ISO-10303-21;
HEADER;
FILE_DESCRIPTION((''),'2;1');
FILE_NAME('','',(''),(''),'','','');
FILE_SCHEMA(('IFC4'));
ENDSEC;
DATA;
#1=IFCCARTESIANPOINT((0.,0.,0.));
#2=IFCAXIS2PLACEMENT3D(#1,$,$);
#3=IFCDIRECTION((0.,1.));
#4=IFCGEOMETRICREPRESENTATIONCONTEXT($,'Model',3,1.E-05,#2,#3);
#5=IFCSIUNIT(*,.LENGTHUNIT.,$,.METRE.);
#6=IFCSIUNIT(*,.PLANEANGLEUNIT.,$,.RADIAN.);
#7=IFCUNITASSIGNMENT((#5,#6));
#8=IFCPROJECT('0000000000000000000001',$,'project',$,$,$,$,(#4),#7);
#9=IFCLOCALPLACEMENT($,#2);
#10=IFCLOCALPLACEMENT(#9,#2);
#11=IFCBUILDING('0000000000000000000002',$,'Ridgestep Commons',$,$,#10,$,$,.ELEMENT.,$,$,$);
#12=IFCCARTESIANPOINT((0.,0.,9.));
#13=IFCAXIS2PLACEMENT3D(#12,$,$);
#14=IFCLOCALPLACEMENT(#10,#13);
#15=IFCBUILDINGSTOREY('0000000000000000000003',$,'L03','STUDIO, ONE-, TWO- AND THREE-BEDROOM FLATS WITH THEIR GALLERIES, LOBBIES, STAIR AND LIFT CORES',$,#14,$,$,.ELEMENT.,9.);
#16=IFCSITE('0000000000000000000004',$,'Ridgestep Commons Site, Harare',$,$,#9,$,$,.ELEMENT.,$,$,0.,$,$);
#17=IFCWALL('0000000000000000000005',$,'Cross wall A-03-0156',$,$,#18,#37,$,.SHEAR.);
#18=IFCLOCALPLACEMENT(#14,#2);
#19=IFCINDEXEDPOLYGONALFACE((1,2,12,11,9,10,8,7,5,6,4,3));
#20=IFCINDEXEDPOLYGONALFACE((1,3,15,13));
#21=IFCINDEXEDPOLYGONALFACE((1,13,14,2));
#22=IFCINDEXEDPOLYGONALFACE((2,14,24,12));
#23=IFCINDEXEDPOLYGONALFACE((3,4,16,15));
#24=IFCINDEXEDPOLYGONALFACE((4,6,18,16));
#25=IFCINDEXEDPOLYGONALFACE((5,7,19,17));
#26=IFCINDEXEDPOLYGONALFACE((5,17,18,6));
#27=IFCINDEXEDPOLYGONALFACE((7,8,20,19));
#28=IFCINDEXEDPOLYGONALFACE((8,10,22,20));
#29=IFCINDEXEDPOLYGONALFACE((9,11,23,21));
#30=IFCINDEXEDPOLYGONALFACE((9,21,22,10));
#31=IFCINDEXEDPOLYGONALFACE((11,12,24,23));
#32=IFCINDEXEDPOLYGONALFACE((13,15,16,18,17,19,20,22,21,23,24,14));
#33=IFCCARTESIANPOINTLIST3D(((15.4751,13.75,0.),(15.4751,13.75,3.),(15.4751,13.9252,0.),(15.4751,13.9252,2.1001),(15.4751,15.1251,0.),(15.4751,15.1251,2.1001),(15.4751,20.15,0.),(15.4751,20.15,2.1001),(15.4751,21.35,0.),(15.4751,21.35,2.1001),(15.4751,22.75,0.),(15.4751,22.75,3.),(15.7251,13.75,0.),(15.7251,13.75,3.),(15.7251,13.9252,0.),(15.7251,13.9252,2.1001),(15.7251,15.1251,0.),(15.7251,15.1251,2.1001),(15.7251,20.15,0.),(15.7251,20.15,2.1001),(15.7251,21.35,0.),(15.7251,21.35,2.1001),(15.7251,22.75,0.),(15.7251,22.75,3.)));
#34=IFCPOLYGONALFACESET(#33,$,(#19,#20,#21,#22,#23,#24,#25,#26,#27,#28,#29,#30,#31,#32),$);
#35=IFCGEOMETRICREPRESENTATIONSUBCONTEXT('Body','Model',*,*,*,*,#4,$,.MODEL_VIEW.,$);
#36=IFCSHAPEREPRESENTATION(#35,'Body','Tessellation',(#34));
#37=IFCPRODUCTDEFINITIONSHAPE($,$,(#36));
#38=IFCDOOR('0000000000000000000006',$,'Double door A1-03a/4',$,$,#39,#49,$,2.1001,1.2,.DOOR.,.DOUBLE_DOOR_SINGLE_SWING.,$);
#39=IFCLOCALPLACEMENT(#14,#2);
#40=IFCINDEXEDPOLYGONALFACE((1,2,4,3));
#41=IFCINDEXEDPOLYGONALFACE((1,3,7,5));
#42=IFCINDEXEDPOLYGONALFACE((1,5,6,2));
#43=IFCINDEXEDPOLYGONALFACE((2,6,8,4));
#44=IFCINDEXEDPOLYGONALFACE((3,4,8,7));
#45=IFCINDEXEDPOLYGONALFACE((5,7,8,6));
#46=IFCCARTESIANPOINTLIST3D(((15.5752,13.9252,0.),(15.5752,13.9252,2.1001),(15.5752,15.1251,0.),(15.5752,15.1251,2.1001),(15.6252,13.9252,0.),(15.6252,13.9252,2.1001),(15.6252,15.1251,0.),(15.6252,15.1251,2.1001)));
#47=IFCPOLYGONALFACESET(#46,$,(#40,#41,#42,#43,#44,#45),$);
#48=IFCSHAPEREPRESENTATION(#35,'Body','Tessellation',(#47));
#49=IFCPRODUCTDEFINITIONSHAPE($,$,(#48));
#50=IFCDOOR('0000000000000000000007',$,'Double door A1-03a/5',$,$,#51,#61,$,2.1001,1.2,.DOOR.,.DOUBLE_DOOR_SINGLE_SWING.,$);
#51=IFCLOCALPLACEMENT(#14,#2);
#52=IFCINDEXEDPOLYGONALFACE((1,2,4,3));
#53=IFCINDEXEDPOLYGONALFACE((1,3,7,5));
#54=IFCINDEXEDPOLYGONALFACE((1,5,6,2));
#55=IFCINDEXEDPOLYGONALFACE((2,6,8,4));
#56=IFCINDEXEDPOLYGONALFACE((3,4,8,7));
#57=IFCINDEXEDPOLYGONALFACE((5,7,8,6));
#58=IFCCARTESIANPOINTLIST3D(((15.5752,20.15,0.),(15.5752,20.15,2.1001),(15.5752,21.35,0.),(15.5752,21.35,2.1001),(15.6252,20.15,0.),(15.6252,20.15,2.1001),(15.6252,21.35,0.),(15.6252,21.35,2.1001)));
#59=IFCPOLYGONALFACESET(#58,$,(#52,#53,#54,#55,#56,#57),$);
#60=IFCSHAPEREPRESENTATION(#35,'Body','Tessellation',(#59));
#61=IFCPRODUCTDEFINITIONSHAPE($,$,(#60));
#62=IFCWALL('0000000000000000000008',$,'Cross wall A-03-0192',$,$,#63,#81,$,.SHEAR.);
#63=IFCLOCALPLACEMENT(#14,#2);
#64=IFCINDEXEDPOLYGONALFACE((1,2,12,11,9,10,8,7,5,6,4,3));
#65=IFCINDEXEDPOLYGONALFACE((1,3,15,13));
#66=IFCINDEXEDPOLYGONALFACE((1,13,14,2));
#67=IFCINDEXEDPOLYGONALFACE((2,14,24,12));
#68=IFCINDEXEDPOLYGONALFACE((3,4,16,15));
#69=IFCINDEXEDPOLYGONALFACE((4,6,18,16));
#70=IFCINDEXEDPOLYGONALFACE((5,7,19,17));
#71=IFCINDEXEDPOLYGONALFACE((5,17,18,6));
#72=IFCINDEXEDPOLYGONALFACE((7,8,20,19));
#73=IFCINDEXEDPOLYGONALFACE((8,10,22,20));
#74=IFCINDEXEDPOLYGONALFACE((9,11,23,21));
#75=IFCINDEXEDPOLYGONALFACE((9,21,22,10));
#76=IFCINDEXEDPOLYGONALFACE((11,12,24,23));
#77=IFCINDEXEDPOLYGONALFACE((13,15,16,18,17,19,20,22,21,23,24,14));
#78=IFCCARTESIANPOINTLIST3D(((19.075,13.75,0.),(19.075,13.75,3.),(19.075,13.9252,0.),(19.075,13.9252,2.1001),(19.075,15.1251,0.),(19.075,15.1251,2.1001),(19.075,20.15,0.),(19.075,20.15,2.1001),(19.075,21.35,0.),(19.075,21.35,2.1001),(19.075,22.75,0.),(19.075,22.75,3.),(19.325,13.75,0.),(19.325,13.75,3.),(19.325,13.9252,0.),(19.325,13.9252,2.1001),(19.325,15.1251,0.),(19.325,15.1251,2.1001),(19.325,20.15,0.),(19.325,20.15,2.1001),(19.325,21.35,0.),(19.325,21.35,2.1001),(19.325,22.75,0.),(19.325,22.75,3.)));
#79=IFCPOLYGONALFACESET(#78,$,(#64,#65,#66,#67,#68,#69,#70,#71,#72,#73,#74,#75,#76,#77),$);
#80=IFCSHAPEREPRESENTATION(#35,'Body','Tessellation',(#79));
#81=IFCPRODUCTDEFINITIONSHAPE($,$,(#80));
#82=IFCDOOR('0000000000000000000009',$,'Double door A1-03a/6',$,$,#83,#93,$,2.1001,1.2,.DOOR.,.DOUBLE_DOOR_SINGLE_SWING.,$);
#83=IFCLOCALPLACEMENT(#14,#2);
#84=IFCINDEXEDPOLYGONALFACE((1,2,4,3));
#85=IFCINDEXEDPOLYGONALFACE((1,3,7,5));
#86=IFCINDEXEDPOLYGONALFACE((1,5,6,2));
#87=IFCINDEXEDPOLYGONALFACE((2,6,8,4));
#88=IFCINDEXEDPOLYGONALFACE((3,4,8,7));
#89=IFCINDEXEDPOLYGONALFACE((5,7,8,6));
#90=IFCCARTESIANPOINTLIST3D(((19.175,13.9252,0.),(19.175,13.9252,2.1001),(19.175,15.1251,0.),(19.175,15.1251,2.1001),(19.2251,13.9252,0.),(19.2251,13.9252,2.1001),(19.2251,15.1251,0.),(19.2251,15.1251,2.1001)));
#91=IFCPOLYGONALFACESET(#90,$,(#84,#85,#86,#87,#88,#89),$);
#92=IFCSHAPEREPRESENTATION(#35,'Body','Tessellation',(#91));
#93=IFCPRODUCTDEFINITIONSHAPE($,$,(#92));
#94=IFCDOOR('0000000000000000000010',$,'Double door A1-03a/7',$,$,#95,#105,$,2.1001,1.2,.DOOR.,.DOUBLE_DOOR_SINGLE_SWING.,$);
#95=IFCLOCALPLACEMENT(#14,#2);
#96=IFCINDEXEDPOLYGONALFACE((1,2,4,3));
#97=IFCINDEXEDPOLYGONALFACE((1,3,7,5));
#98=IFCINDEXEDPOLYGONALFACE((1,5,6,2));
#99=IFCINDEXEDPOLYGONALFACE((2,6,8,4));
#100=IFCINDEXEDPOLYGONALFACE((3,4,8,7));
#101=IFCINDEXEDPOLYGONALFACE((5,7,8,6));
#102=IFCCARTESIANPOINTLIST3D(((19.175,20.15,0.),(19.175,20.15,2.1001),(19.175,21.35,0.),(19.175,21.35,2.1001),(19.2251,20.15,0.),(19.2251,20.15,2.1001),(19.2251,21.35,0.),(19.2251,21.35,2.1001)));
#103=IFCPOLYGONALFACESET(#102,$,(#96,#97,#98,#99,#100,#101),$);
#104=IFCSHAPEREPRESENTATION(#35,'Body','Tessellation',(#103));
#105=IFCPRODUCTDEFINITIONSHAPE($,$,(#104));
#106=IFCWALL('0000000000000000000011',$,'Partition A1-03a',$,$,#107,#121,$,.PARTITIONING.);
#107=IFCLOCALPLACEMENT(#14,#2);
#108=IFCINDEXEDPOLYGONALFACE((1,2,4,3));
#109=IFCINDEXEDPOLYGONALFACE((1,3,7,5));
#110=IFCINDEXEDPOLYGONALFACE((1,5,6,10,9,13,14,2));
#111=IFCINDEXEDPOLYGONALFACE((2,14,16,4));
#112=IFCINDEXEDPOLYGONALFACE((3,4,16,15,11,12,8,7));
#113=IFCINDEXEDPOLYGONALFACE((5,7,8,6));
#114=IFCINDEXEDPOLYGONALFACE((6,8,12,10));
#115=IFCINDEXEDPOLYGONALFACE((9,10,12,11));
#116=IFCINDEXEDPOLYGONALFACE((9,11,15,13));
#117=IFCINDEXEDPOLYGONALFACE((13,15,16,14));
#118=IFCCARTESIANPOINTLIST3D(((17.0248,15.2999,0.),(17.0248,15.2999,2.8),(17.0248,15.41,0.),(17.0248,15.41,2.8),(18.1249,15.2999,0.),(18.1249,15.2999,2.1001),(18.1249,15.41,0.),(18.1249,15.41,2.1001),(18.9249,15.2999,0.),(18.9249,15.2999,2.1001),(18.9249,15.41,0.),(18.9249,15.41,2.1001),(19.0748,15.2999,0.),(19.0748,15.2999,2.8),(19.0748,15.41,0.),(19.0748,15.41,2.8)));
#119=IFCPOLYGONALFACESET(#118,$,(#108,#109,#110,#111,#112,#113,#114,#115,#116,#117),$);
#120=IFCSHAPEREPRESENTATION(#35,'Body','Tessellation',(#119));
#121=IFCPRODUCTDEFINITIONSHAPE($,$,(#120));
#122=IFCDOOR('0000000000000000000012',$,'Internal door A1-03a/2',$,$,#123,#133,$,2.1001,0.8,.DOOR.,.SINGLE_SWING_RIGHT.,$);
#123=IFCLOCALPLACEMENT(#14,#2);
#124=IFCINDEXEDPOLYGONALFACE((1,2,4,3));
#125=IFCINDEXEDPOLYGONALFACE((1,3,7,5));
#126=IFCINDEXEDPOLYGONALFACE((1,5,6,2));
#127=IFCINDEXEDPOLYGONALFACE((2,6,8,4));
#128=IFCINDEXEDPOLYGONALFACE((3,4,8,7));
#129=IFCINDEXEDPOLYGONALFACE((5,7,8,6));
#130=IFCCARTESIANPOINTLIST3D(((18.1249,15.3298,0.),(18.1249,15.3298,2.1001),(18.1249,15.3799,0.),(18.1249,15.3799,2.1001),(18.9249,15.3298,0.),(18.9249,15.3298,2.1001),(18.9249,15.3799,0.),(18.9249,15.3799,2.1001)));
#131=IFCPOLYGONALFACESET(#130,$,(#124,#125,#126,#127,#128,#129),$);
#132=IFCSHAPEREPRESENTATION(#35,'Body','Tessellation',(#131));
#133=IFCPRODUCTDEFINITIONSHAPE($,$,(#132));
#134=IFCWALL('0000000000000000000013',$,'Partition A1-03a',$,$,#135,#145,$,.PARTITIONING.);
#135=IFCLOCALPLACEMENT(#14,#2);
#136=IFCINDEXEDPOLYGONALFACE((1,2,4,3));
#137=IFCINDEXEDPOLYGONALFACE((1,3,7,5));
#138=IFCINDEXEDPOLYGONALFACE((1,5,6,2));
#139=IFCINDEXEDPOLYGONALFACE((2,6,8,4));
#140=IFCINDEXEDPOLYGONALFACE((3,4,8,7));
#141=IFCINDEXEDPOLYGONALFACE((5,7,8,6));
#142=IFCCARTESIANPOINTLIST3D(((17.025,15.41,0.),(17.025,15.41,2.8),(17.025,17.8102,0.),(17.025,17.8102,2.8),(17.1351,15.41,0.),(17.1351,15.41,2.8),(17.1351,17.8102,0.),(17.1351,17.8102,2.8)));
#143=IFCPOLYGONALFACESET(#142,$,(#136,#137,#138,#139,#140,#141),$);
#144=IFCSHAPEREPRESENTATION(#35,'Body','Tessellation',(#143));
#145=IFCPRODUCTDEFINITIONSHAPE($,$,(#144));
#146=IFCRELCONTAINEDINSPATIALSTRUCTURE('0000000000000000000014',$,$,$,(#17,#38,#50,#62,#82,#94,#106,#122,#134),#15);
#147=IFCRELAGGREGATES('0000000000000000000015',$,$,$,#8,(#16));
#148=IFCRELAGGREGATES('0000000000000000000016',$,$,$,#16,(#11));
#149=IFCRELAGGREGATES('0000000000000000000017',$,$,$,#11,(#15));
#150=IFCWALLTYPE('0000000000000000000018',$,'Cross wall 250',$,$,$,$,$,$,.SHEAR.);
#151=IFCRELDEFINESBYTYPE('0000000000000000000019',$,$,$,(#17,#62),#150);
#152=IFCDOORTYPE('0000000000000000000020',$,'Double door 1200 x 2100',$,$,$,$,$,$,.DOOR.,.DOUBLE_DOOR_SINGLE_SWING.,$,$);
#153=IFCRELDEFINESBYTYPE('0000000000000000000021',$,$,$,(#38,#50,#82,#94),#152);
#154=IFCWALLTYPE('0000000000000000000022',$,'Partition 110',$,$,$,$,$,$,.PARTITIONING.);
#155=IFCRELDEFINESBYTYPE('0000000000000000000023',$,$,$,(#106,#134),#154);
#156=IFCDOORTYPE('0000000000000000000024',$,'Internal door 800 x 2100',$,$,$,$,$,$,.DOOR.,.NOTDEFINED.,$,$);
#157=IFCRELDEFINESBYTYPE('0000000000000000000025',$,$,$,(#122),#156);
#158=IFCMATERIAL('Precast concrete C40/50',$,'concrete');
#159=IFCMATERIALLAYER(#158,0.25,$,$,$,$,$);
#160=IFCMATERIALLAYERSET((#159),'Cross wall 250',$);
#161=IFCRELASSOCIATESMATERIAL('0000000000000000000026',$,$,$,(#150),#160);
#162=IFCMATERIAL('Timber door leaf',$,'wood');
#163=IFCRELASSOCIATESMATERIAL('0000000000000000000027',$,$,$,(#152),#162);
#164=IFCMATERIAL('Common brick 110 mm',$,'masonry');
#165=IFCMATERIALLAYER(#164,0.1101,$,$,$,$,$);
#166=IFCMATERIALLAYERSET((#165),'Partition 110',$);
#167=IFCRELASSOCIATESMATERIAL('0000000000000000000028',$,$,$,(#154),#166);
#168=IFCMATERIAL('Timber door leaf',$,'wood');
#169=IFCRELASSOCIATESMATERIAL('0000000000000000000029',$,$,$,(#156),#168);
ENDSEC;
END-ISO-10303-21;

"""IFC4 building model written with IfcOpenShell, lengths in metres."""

from ifc_helpers import new_model, si_unit, direction, frame, frame_2d, origin, place, context, subcontext, project, spatial, rectangle, extrude, material, layer, layer_set, type_object, element, fill, save


model = new_model("IFC4")

# Units and contexts
model_context = context("Model", 3, precision=1e-05, world=origin(), true_north=direction((0.0, 1.0)))
body_context = subcontext(model_context, "Body", "Model", "MODEL_VIEW")
ifc_project = project(units=[si_unit("LENGTHUNIT", "METRE"), si_unit("PLANEANGLEUNIT", "RADIAN")], contexts=[model_context])

# Site, building, storey
site_placement = place(None, origin())
site = spatial("IfcSite", under=ifc_project, at=site_placement, Name="Ridgestep Commons Site, Harare", CompositionType="ELEMENT", RefElevation=0.0)
building_placement = place(site_placement, origin())
building = spatial("IfcBuilding", under=site, at=building_placement, Name="Ridgestep Commons", CompositionType="ELEMENT")
storey_placement = place(building_placement, frame((0.0, 0.0, 9.0)))
storey = spatial("IfcBuildingStorey", under=building, at=storey_placement, Name="L03", Description="STUDIO, ONE-, TWO- AND THREE-BEDROOM FLATS WITH THEIR GALLERIES, LOBBIES, STAIR AND LIFT CORES", CompositionType="ELEMENT", Elevation=9.0)

# Walls, openings, doors
ifc_material_1 = material(Name="Precast concrete C40/50", Category="concrete")
ifc_layer_1 = layer(ifc_material_1, 0.25)
ifc_layer_set_1 = layer_set([ifc_layer_1], Name="Cross wall 250")
wall_type_1 = type_object("IfcWallType", Name="Cross wall 250", PredefinedType="SHEAR", material=ifc_layer_set_1)
wall_1_placement = place(storey_placement, frame((15.6001, 13.75, 0.0), z_axis=(0.0, 0.0, 1.0), x_axis=(0.0, 1.0, 0.0)))
wall_1 = element("IfcWall", 1, at=wall_1_placement, inside=storey, type_object=wall_type_1, Name="Cross wall A-03-0156", PredefinedType="SHEAR", context=body_context, shape_type="SweptSolid", body=[
    extrude(rectangle(XDim=9.0, YDim=0.25, at=frame_2d((4.5, 0.0))), origin(), (0.0, 0.0, 1.0), 3.0),
])
opening_1_placement = place(wall_1_placement, frame((0.175, 0.0, 0.0)))
opening_1 = element("IfcOpeningElement", 2, at=opening_1_placement, cuts=wall_1, PredefinedType="OPENING", context=body_context, shape_type="SweptSolid", body=[
    extrude(rectangle(XDim=1.2, YDim=2.1001, at=frame_2d((0.6001, 1.05))), frame((0.0, 0.135, 0.0), z_axis=(0.0, -1.0, 0.0), x_axis=(1.0, 0.0, 0.0)), (0.0, 0.0, 1.0), 0.27),
])
opening_2_placement = place(wall_1_placement, frame((6.3999, 0.0, 0.0)))
opening_2 = element("IfcOpeningElement", 3, at=opening_2_placement, cuts=wall_1, PredefinedType="OPENING", context=body_context, shape_type="SweptSolid", body=[
    extrude(rectangle(XDim=1.2, YDim=2.1001, at=frame_2d((0.6001, 1.05))), frame((0.0, 0.135, 0.0), z_axis=(0.0, -1.0, 0.0), x_axis=(1.0, 0.0, 0.0)), (0.0, 0.0, 1.0), 0.27),
])
ifc_material_2 = material(Name="Timber door leaf", Category="wood")
door_type_1 = type_object("IfcDoorType", Name="Double door 1200 x 2100", OperationType="DOUBLE_DOOR_SINGLE_SWING", PredefinedType="DOOR", material=ifc_material_2)
door_1_placement = place(opening_1_placement, origin())
door_1 = element("IfcDoor", 4, at=door_1_placement, inside=storey, type_object=door_type_1, Name="Double door A1-03a/4", OperationType="DOUBLE_DOOR_SINGLE_SWING", OverallHeight=2.1001, OverallWidth=1.2, PredefinedType="DOOR", context=body_context, shape_type="SweptSolid", body=[
    extrude(rectangle(XDim=1.2, YDim=2.1001, at=frame_2d((0.6001, 1.05))), frame((0.0, 0.0249, 0.0), z_axis=(0.0, -1.0, 0.0), x_axis=(1.0, 0.0, 0.0)), (0.0, 0.0, 1.0), 0.05),
])
fill(opening_1, door_1)
door_2_placement = place(opening_2_placement, origin())
door_2 = element("IfcDoor", 5, at=door_2_placement, inside=storey, type_object=door_type_1, Name="Double door A1-03a/5", OperationType="DOUBLE_DOOR_SINGLE_SWING", OverallHeight=2.1001, OverallWidth=1.2, PredefinedType="DOOR", context=body_context, shape_type="SweptSolid", body=[
    extrude(rectangle(XDim=1.2, YDim=2.1001, at=frame_2d((0.6001, 1.05))), frame((0.0, 0.0249, 0.0), z_axis=(0.0, -1.0, 0.0), x_axis=(1.0, 0.0, 0.0)), (0.0, 0.0, 1.0), 0.05),
])
fill(opening_2, door_2)
wall_2_placement = place(storey_placement, frame((19.2, 13.75, 0.0), z_axis=(0.0, 0.0, 1.0), x_axis=(0.0, 1.0, 0.0)))
wall_2 = element("IfcWall", 6, at=wall_2_placement, inside=storey, type_object=wall_type_1, Name="Cross wall A-03-0192", PredefinedType="SHEAR", context=body_context, shape_type="SweptSolid", body=[
    extrude(rectangle(XDim=9.0, YDim=0.25, at=frame_2d((4.5, 0.0))), origin(), (0.0, 0.0, 1.0), 3.0),
])
opening_3_placement = place(wall_2_placement, frame((0.175, 0.0, 0.0)))
opening_3 = element("IfcOpeningElement", 7, at=opening_3_placement, cuts=wall_2, PredefinedType="OPENING", context=body_context, shape_type="SweptSolid", body=[
    extrude(rectangle(XDim=1.2, YDim=2.1001, at=frame_2d((0.6001, 1.05))), frame((0.0, 0.135, 0.0), z_axis=(0.0, -1.0, 0.0), x_axis=(1.0, 0.0, 0.0)), (0.0, 0.0, 1.0), 0.27),
])
opening_4_placement = place(wall_2_placement, frame((6.3999, 0.0, 0.0)))
opening_4 = element("IfcOpeningElement", 8, at=opening_4_placement, cuts=wall_2, PredefinedType="OPENING", context=body_context, shape_type="SweptSolid", body=[
    extrude(rectangle(XDim=1.2, YDim=2.1001, at=frame_2d((0.6001, 1.05))), frame((0.0, 0.135, 0.0), z_axis=(0.0, -1.0, 0.0), x_axis=(1.0, 0.0, 0.0)), (0.0, 0.0, 1.0), 0.27),
])
door_3_placement = place(opening_3_placement, origin())
door_3 = element("IfcDoor", 9, at=door_3_placement, inside=storey, type_object=door_type_1, Name="Double door A1-03a/6", OperationType="DOUBLE_DOOR_SINGLE_SWING", OverallHeight=2.1001, OverallWidth=1.2, PredefinedType="DOOR", context=body_context, shape_type="SweptSolid", body=[
    extrude(rectangle(XDim=1.2, YDim=2.1001, at=frame_2d((0.6001, 1.05))), frame((0.0, 0.0249, 0.0), z_axis=(0.0, -1.0, 0.0), x_axis=(1.0, 0.0, 0.0)), (0.0, 0.0, 1.0), 0.05),
])
fill(opening_3, door_3)
door_4_placement = place(opening_4_placement, origin())
door_4 = element("IfcDoor", 10, at=door_4_placement, inside=storey, type_object=door_type_1, Name="Double door A1-03a/7", OperationType="DOUBLE_DOOR_SINGLE_SWING", OverallHeight=2.1001, OverallWidth=1.2, PredefinedType="DOOR", context=body_context, shape_type="SweptSolid", body=[
    extrude(rectangle(XDim=1.2, YDim=2.1001, at=frame_2d((0.6001, 1.05))), frame((0.0, 0.0249, 0.0), z_axis=(0.0, -1.0, 0.0), x_axis=(1.0, 0.0, 0.0)), (0.0, 0.0, 1.0), 0.05),
])
fill(opening_4, door_4)

# Wall, opening, door
ifc_material_3 = material(Name="Common brick 110 mm", Category="masonry")
ifc_layer_2 = layer(ifc_material_3, 0.1101)
ifc_layer_set_2 = layer_set([ifc_layer_2], Name="Partition 110")
wall_type_2 = type_object("IfcWallType", Name="Partition 110", PredefinedType="PARTITIONING", material=ifc_layer_set_2)
wall_3_placement = place(storey_placement, frame((17.0249, 15.355, 0.0), z_axis=(0.0, 0.0, 1.0), x_axis=(1.0, 0.0, 0.0)))
wall_3 = element("IfcWall", 11, at=wall_3_placement, inside=storey, type_object=wall_type_2, Name="Partition A1-03a", PredefinedType="PARTITIONING", context=body_context, shape_type="SweptSolid", body=[
    extrude(rectangle(XDim=2.05, YDim=0.1101, at=frame_2d((1.0249, 0.0))), origin(), (0.0, 0.0, 1.0), 2.8),
])
opening_5_placement = place(wall_3_placement, frame((1.1001, 0.0, 0.0)))
opening_5 = element("IfcOpeningElement", 12, at=opening_5_placement, cuts=wall_3, PredefinedType="OPENING", context=body_context, shape_type="SweptSolid", body=[
    extrude(rectangle(XDim=0.8, YDim=2.1001, at=frame_2d((0.3999, 1.05))), frame((0.0, 0.0649, 0.0), z_axis=(0.0, -1.0, 0.0), x_axis=(1.0, 0.0, 0.0)), (0.0, 0.0, 1.0), 0.1301),
])
ifc_material_4 = material(Name="Timber door leaf", Category="wood")
door_type_2 = type_object("IfcDoorType", Name="Internal door 800 x 2100", OperationType="NOTDEFINED", PredefinedType="DOOR", material=ifc_material_4)
door_5_placement = place(opening_5_placement, origin())
door_5 = element("IfcDoor", 13, at=door_5_placement, inside=storey, type_object=door_type_2, Name="Internal door A1-03a/2", OperationType="SINGLE_SWING_RIGHT", OverallHeight=2.1001, OverallWidth=0.8, PredefinedType="DOOR", context=body_context, shape_type="SweptSolid", body=[
    extrude(rectangle(XDim=0.8, YDim=2.1001, at=frame_2d((0.3999, 1.05))), frame((0.0, 0.0249, 0.0), z_axis=(0.0, -1.0, 0.0), x_axis=(1.0, 0.0, 0.0)), (0.0, 0.0, 1.0), 0.05),
])
fill(opening_5, door_5)

# Wall
wall_4_placement = place(storey_placement, frame((17.0801, 15.4099, 0.0), z_axis=(0.0, 0.0, 1.0), x_axis=(0.0, 1.0, 0.0)))
element("IfcWall", 14, at=wall_4_placement, inside=storey, type_object=wall_type_2, Name="Partition A1-03a", PredefinedType="PARTITIONING", context=body_context, shape_type="SweptSolid", body=[
    extrude(rectangle(XDim=2.4001, YDim=0.1101, at=frame_2d((1.2002, 0.0))), origin(), (0.0, 0.0, 1.0), 2.8),
])

save(model, "model.ifc")
